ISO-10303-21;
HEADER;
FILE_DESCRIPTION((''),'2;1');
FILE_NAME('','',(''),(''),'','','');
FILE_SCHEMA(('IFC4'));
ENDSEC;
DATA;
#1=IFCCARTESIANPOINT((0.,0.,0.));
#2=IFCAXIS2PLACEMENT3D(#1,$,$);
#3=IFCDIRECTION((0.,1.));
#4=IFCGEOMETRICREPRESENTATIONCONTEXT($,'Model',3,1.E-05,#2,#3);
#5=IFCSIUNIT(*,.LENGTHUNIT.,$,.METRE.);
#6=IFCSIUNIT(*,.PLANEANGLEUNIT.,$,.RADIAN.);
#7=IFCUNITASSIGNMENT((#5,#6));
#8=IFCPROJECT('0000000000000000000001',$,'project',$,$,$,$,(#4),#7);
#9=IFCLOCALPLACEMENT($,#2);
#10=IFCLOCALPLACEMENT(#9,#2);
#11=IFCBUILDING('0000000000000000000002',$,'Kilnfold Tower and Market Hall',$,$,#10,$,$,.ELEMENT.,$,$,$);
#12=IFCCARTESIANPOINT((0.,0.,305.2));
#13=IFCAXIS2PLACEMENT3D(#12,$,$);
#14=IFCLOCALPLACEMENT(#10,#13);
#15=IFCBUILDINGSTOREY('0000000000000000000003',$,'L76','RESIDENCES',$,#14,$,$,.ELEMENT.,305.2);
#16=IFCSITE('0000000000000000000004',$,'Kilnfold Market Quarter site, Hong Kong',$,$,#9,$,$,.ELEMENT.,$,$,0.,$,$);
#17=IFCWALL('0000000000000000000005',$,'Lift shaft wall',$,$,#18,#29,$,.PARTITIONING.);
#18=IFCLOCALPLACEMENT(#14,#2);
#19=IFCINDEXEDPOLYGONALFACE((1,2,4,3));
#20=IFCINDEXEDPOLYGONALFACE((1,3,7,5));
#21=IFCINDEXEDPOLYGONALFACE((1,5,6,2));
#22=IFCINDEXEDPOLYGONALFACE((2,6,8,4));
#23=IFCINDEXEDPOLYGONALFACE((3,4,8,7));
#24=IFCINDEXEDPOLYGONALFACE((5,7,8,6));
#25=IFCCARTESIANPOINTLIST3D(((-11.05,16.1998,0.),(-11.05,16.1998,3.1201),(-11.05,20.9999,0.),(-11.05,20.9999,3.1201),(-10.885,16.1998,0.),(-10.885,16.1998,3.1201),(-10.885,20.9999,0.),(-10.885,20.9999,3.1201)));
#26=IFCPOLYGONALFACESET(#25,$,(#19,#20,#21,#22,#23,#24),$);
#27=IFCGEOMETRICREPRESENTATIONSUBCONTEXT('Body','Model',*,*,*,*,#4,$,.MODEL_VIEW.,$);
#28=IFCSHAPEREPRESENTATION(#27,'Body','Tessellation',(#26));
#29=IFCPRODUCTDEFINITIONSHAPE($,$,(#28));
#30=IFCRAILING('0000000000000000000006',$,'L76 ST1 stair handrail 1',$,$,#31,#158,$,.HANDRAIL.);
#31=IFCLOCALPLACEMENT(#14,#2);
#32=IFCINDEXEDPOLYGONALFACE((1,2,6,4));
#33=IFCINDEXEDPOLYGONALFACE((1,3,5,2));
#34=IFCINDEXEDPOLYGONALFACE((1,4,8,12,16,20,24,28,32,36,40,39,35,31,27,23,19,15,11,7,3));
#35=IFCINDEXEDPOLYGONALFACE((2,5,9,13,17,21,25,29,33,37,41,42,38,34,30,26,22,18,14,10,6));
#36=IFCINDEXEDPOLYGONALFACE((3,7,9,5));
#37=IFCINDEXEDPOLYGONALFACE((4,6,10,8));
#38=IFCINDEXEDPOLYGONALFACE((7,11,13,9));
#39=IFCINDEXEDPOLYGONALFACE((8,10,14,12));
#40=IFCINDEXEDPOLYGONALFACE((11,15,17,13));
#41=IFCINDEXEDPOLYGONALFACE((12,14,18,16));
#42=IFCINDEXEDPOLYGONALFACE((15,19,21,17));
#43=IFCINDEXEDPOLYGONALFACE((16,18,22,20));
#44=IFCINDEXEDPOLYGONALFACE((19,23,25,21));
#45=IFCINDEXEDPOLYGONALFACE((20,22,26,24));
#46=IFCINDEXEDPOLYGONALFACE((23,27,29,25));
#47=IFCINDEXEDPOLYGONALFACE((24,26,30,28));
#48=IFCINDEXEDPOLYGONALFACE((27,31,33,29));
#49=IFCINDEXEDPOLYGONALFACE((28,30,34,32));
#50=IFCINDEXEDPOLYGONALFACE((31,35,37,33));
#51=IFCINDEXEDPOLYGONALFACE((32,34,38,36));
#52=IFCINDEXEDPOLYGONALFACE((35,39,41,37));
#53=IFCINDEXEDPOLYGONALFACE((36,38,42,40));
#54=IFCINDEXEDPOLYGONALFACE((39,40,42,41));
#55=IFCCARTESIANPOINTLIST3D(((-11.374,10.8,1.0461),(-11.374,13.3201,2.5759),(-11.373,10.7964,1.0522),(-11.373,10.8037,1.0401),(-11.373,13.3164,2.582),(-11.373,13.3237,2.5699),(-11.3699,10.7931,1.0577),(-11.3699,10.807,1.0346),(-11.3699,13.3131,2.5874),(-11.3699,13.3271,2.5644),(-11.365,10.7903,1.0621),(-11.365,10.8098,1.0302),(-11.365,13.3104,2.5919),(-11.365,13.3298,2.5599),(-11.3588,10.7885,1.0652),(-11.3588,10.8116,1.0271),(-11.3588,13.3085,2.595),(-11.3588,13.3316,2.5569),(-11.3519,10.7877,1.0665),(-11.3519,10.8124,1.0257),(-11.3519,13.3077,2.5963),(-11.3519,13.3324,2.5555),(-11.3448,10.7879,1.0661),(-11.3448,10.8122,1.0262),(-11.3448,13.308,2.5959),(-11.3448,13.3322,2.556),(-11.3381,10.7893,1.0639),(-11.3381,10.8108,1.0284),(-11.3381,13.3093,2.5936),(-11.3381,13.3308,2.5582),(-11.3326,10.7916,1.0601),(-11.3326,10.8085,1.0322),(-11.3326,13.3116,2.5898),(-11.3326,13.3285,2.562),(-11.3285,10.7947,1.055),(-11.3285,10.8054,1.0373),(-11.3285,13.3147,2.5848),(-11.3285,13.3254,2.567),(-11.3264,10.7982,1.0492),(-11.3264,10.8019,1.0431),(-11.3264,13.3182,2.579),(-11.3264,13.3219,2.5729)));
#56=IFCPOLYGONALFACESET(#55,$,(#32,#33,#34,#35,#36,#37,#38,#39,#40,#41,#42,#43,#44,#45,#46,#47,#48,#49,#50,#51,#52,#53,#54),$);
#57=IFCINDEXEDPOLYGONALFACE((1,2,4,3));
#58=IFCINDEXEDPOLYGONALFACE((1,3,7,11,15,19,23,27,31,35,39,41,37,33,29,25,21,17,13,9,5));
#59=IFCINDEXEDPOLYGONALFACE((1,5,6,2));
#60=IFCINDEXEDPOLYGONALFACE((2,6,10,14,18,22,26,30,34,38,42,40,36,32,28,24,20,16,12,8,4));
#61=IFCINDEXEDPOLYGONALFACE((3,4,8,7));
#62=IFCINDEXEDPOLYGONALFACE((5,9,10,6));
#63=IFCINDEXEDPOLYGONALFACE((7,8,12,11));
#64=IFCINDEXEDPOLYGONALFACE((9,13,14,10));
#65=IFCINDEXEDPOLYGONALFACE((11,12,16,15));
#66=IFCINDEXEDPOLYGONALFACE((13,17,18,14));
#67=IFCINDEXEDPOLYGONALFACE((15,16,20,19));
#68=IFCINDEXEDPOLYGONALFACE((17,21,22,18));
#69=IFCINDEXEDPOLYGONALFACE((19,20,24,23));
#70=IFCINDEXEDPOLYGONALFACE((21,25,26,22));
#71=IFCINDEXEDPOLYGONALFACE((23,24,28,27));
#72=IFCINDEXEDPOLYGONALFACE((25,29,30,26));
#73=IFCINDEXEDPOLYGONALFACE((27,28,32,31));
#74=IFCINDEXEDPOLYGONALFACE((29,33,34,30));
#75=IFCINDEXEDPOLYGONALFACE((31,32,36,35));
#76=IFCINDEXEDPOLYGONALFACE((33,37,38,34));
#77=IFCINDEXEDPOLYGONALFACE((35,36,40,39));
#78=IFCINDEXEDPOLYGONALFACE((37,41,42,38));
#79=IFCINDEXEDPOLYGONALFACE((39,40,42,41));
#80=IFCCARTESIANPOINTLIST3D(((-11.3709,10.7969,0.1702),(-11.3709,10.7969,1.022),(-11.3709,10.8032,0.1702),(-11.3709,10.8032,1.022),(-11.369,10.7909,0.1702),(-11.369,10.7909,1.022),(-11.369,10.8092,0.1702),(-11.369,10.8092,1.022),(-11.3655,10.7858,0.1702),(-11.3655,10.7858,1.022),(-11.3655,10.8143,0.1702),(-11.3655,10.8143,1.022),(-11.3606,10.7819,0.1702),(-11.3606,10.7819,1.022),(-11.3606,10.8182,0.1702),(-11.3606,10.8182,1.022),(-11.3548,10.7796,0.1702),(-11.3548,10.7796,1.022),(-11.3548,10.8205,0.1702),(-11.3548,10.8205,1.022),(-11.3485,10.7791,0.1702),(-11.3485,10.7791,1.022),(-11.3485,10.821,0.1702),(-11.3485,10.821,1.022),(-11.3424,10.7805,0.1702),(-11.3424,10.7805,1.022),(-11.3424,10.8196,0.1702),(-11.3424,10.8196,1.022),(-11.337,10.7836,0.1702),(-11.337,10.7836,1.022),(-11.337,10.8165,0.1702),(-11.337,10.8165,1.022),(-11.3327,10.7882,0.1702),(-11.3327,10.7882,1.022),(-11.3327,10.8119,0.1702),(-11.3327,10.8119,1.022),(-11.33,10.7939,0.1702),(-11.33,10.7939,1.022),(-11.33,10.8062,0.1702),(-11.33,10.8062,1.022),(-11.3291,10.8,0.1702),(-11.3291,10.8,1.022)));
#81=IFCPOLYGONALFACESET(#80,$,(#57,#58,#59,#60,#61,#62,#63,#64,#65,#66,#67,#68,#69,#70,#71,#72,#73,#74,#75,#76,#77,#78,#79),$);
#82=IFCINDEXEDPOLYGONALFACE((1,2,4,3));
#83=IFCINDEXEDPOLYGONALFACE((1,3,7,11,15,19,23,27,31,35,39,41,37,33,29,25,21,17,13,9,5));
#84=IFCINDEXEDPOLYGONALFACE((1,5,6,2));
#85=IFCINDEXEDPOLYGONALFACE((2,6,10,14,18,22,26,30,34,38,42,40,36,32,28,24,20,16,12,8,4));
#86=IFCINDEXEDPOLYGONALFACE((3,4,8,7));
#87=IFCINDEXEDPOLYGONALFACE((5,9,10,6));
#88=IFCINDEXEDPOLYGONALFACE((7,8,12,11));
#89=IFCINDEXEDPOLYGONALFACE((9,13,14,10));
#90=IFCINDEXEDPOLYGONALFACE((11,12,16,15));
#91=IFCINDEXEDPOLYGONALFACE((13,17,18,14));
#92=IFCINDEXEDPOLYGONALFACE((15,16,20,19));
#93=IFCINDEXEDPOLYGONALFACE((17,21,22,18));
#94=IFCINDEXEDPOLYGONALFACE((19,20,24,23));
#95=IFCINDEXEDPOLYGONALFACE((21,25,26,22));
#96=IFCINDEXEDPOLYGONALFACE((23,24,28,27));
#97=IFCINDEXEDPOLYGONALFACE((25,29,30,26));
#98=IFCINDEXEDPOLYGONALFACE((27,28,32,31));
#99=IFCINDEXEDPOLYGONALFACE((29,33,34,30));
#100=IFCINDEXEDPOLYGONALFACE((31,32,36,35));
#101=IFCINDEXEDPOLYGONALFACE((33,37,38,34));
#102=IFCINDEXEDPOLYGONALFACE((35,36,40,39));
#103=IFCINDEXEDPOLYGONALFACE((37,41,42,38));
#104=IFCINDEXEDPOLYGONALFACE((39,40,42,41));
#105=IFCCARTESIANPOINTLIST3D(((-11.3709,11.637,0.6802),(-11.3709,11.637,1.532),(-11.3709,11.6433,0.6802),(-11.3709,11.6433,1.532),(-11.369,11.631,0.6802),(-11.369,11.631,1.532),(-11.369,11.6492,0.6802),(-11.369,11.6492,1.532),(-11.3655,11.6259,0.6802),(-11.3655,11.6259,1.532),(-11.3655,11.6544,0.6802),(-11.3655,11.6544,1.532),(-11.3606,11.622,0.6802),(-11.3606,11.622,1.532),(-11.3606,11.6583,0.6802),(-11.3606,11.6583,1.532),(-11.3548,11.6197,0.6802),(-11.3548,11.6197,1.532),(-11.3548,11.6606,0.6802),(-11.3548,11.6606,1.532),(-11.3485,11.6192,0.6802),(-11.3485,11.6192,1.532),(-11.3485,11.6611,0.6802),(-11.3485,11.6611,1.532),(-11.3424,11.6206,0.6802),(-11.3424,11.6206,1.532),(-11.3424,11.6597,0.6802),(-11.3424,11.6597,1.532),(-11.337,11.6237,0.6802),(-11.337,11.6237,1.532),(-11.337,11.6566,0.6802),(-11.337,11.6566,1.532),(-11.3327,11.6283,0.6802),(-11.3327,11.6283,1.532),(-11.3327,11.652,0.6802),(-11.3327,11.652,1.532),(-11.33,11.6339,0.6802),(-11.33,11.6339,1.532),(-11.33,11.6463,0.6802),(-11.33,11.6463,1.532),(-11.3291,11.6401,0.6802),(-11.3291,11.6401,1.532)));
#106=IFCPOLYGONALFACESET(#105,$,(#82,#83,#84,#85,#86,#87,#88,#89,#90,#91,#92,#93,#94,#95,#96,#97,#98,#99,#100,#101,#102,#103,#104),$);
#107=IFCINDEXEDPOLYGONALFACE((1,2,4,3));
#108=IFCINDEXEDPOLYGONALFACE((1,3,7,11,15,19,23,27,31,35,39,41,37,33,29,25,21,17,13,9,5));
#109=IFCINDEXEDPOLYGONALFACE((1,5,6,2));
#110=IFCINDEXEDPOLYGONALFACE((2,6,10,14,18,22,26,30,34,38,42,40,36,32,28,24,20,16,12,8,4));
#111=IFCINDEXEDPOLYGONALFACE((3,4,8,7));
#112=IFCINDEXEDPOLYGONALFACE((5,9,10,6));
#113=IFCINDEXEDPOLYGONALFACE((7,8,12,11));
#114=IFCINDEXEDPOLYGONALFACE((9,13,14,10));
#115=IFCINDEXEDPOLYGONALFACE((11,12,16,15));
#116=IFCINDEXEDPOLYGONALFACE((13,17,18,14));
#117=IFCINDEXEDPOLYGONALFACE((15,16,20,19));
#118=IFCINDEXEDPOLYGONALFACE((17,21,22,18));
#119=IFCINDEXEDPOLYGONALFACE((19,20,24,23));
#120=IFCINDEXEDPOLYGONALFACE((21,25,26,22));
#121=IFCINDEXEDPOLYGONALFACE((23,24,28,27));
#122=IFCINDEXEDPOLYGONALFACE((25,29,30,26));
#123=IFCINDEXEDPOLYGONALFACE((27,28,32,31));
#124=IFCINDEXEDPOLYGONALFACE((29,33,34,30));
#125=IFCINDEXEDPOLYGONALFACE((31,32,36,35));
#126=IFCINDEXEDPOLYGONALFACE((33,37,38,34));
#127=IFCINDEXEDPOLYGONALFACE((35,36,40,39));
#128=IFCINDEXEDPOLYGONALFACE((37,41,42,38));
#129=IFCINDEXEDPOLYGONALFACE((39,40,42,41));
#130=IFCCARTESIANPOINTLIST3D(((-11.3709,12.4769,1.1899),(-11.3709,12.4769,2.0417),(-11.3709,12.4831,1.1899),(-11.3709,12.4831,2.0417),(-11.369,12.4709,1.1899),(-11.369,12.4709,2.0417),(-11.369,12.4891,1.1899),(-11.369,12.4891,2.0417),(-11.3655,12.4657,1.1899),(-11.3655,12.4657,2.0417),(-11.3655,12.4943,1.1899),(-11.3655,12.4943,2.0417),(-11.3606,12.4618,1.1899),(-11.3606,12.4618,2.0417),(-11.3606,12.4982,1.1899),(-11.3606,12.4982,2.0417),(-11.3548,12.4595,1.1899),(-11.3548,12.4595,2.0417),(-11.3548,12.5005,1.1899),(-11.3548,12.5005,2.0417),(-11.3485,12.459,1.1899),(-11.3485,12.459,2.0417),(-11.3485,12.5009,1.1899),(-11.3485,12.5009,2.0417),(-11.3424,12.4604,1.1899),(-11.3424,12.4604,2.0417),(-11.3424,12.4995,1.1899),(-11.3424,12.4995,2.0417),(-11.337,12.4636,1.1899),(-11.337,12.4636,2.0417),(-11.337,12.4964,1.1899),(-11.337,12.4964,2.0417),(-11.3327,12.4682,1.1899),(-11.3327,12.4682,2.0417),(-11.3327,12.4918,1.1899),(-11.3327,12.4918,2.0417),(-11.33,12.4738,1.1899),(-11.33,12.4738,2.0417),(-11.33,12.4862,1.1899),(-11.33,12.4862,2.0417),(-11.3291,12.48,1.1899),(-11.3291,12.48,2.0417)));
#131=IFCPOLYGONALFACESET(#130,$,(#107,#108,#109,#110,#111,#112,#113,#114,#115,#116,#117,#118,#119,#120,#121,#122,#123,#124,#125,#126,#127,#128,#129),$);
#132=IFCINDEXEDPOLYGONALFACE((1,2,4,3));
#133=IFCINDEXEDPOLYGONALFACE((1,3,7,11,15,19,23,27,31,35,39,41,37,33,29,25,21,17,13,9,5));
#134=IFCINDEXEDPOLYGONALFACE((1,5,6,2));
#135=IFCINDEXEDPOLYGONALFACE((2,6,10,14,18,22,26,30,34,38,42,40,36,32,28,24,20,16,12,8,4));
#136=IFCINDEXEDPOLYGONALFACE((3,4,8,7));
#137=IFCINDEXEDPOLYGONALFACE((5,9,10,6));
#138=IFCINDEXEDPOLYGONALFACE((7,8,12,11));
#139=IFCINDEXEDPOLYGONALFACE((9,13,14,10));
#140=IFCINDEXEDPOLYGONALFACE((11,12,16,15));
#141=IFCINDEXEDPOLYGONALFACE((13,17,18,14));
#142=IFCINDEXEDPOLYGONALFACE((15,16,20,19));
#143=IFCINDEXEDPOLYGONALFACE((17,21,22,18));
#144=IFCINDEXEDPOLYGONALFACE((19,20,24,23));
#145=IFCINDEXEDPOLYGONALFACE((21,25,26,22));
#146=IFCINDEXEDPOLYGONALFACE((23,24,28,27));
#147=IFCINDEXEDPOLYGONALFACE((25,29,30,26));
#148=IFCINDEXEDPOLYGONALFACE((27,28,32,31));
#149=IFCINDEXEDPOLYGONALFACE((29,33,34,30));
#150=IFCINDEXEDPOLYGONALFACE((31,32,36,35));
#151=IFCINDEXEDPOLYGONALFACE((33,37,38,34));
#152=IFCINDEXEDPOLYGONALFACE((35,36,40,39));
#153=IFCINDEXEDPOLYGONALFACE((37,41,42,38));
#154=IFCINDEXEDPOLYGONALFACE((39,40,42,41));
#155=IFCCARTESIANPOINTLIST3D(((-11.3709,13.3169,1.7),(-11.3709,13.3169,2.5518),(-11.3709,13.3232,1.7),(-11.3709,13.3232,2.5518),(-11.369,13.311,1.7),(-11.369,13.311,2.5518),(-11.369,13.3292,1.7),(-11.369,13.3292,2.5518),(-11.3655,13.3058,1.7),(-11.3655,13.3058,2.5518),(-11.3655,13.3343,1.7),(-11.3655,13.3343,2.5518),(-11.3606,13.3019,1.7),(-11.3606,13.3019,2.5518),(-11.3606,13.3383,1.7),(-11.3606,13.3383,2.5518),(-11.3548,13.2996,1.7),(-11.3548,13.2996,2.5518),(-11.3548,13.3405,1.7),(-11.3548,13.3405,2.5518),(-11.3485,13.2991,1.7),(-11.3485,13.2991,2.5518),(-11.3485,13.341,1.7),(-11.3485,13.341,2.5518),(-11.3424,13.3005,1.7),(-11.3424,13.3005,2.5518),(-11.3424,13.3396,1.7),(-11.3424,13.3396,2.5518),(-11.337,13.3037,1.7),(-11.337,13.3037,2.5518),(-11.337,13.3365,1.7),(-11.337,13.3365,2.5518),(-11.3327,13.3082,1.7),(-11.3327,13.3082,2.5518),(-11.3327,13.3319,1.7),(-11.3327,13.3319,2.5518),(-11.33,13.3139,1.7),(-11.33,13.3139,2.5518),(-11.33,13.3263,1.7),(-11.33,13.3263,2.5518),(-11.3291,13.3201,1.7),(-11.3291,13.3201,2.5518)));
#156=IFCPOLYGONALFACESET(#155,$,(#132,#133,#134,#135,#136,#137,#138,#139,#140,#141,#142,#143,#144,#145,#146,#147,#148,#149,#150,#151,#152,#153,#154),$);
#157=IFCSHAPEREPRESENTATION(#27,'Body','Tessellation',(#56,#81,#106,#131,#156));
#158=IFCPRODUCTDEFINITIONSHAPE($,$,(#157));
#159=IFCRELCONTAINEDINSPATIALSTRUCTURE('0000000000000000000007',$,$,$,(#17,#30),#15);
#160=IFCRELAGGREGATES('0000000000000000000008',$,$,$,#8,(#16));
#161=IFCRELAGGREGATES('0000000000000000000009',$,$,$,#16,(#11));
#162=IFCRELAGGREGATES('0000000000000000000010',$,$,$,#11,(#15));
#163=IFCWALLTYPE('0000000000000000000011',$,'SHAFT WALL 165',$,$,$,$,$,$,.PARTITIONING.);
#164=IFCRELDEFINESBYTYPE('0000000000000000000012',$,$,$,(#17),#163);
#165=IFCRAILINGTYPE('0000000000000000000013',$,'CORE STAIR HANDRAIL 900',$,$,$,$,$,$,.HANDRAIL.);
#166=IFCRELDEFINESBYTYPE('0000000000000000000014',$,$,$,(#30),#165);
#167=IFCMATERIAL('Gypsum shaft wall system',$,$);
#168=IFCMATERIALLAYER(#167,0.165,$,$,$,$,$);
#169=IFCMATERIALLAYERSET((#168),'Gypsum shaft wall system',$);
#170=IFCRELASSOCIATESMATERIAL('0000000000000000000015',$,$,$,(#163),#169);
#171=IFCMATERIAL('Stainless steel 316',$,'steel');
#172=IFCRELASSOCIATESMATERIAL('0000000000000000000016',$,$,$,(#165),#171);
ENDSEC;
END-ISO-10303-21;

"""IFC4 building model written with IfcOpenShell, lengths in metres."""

from ifc_helpers import new_model, si_unit, direction, frame, frame_2d, origin, origin_2d, place, context, subcontext, project, spatial, rectangle, circle, extrude, source, transform, mapped, material, layer, layer_set, type_object, element, save


model = new_model("IFC4")

# Units and contexts
model_context = context("Model", 3, precision=1e-05, world=origin(), true_north=direction((0.0, 1.0)))
body_context = subcontext(model_context, "Body", "Model", "MODEL_VIEW")
ifc_project = project(units=[si_unit("LENGTHUNIT", "METRE"), si_unit("PLANEANGLEUNIT", "RADIAN")], contexts=[model_context])

# Site, building, storey
site_placement = place(None, origin())
site = spatial("IfcSite", under=ifc_project, at=site_placement, Name="Kilnfold Market Quarter site, Hong Kong", CompositionType="ELEMENT", RefElevation=0.0)
building_placement = place(site_placement, origin())
building = spatial("IfcBuilding", under=site, at=building_placement, Name="Kilnfold Tower and Market Hall", CompositionType="ELEMENT")
storey_placement = place(building_placement, frame((0.0, 0.0, 305.2)))
storey = spatial("IfcBuildingStorey", under=building, at=storey_placement, Name="L76", Description="RESIDENCES", CompositionType="ELEMENT", Elevation=305.2)

# Wall
ifc_material_1 = material(Name="Gypsum shaft wall system")
ifc_layer_1 = layer(ifc_material_1, 0.165)
ifc_layer_set_1 = layer_set([ifc_layer_1], Name="Gypsum shaft wall system")
wall_type_1 = type_object("IfcWallType", Name="SHAFT WALL 165", PredefinedType="PARTITIONING", material=ifc_layer_set_1)
shared_shape_1 = source(origin(), body_context, "Body", "SweptSolid", [
    extrude(rectangle(XDim=4.8, YDim=0.165, at=frame_2d((2.3999, 0.0))), origin(), (0.0, 0.0, 1.0), 3.1201),
])
wall_1_placement = place(storey_placement, frame((-10.9675, 16.2, 0.0), z_axis=(0.0, 0.0, 1.0), x_axis=(0.0, 1.0, 0.0)))
element("IfcWall", 1, at=wall_1_placement, inside=storey, type_object=wall_type_1, Name="Lift shaft wall", PredefinedType="PARTITIONING", context=body_context, shape_type="MappedRepresentation", body=[
    mapped(shared_shape_1, transform((0.0, 0.0, 0.0))),
])

# Railing
ifc_material_2 = material(Name="Stainless steel 316", Category="steel")
railing_type_1 = type_object("IfcRailingType", Name="CORE STAIR HANDRAIL 900", PredefinedType="HANDRAIL", material=ifc_material_2)
railing_1_placement = place(storey_placement, frame((-11.3501, 10.8, 0.1702)))
element("IfcRailing", 2, at=railing_1_placement, inside=storey, type_object=railing_type_1, Name="L76 ST1 stair handrail 1", PredefinedType="HANDRAIL", context=body_context, shape_type="SweptSolid", body=[
    extrude(circle(Radius=0.0239, at=origin_2d()), frame((0.0, 0.0, 0.876), z_axis=(0.0, 0.854822, 0.518922), x_axis=(-1.0, 0.0, 0.0)), (0.0, 0.0, 1.0), 2.948),
    extrude(circle(Radius=0.021, at=origin_2d()), origin(), (0.0, 0.0, 1.0), 0.8518),
    extrude(circle(Radius=0.021, at=origin_2d()), frame((0.0, 0.8401, 0.51)), (0.0, 0.0, 1.0), 0.8518),
    extrude(circle(Radius=0.021, at=origin_2d()), frame((0.0, 1.6799, 1.0198)), (0.0, 0.0, 1.0), 0.8518),
    extrude(circle(Radius=0.021, at=origin_2d()), frame((0.0, 2.52, 1.5298)), (0.0, 0.0, 1.0), 0.8518),
])

save(model, "model.ifc")
